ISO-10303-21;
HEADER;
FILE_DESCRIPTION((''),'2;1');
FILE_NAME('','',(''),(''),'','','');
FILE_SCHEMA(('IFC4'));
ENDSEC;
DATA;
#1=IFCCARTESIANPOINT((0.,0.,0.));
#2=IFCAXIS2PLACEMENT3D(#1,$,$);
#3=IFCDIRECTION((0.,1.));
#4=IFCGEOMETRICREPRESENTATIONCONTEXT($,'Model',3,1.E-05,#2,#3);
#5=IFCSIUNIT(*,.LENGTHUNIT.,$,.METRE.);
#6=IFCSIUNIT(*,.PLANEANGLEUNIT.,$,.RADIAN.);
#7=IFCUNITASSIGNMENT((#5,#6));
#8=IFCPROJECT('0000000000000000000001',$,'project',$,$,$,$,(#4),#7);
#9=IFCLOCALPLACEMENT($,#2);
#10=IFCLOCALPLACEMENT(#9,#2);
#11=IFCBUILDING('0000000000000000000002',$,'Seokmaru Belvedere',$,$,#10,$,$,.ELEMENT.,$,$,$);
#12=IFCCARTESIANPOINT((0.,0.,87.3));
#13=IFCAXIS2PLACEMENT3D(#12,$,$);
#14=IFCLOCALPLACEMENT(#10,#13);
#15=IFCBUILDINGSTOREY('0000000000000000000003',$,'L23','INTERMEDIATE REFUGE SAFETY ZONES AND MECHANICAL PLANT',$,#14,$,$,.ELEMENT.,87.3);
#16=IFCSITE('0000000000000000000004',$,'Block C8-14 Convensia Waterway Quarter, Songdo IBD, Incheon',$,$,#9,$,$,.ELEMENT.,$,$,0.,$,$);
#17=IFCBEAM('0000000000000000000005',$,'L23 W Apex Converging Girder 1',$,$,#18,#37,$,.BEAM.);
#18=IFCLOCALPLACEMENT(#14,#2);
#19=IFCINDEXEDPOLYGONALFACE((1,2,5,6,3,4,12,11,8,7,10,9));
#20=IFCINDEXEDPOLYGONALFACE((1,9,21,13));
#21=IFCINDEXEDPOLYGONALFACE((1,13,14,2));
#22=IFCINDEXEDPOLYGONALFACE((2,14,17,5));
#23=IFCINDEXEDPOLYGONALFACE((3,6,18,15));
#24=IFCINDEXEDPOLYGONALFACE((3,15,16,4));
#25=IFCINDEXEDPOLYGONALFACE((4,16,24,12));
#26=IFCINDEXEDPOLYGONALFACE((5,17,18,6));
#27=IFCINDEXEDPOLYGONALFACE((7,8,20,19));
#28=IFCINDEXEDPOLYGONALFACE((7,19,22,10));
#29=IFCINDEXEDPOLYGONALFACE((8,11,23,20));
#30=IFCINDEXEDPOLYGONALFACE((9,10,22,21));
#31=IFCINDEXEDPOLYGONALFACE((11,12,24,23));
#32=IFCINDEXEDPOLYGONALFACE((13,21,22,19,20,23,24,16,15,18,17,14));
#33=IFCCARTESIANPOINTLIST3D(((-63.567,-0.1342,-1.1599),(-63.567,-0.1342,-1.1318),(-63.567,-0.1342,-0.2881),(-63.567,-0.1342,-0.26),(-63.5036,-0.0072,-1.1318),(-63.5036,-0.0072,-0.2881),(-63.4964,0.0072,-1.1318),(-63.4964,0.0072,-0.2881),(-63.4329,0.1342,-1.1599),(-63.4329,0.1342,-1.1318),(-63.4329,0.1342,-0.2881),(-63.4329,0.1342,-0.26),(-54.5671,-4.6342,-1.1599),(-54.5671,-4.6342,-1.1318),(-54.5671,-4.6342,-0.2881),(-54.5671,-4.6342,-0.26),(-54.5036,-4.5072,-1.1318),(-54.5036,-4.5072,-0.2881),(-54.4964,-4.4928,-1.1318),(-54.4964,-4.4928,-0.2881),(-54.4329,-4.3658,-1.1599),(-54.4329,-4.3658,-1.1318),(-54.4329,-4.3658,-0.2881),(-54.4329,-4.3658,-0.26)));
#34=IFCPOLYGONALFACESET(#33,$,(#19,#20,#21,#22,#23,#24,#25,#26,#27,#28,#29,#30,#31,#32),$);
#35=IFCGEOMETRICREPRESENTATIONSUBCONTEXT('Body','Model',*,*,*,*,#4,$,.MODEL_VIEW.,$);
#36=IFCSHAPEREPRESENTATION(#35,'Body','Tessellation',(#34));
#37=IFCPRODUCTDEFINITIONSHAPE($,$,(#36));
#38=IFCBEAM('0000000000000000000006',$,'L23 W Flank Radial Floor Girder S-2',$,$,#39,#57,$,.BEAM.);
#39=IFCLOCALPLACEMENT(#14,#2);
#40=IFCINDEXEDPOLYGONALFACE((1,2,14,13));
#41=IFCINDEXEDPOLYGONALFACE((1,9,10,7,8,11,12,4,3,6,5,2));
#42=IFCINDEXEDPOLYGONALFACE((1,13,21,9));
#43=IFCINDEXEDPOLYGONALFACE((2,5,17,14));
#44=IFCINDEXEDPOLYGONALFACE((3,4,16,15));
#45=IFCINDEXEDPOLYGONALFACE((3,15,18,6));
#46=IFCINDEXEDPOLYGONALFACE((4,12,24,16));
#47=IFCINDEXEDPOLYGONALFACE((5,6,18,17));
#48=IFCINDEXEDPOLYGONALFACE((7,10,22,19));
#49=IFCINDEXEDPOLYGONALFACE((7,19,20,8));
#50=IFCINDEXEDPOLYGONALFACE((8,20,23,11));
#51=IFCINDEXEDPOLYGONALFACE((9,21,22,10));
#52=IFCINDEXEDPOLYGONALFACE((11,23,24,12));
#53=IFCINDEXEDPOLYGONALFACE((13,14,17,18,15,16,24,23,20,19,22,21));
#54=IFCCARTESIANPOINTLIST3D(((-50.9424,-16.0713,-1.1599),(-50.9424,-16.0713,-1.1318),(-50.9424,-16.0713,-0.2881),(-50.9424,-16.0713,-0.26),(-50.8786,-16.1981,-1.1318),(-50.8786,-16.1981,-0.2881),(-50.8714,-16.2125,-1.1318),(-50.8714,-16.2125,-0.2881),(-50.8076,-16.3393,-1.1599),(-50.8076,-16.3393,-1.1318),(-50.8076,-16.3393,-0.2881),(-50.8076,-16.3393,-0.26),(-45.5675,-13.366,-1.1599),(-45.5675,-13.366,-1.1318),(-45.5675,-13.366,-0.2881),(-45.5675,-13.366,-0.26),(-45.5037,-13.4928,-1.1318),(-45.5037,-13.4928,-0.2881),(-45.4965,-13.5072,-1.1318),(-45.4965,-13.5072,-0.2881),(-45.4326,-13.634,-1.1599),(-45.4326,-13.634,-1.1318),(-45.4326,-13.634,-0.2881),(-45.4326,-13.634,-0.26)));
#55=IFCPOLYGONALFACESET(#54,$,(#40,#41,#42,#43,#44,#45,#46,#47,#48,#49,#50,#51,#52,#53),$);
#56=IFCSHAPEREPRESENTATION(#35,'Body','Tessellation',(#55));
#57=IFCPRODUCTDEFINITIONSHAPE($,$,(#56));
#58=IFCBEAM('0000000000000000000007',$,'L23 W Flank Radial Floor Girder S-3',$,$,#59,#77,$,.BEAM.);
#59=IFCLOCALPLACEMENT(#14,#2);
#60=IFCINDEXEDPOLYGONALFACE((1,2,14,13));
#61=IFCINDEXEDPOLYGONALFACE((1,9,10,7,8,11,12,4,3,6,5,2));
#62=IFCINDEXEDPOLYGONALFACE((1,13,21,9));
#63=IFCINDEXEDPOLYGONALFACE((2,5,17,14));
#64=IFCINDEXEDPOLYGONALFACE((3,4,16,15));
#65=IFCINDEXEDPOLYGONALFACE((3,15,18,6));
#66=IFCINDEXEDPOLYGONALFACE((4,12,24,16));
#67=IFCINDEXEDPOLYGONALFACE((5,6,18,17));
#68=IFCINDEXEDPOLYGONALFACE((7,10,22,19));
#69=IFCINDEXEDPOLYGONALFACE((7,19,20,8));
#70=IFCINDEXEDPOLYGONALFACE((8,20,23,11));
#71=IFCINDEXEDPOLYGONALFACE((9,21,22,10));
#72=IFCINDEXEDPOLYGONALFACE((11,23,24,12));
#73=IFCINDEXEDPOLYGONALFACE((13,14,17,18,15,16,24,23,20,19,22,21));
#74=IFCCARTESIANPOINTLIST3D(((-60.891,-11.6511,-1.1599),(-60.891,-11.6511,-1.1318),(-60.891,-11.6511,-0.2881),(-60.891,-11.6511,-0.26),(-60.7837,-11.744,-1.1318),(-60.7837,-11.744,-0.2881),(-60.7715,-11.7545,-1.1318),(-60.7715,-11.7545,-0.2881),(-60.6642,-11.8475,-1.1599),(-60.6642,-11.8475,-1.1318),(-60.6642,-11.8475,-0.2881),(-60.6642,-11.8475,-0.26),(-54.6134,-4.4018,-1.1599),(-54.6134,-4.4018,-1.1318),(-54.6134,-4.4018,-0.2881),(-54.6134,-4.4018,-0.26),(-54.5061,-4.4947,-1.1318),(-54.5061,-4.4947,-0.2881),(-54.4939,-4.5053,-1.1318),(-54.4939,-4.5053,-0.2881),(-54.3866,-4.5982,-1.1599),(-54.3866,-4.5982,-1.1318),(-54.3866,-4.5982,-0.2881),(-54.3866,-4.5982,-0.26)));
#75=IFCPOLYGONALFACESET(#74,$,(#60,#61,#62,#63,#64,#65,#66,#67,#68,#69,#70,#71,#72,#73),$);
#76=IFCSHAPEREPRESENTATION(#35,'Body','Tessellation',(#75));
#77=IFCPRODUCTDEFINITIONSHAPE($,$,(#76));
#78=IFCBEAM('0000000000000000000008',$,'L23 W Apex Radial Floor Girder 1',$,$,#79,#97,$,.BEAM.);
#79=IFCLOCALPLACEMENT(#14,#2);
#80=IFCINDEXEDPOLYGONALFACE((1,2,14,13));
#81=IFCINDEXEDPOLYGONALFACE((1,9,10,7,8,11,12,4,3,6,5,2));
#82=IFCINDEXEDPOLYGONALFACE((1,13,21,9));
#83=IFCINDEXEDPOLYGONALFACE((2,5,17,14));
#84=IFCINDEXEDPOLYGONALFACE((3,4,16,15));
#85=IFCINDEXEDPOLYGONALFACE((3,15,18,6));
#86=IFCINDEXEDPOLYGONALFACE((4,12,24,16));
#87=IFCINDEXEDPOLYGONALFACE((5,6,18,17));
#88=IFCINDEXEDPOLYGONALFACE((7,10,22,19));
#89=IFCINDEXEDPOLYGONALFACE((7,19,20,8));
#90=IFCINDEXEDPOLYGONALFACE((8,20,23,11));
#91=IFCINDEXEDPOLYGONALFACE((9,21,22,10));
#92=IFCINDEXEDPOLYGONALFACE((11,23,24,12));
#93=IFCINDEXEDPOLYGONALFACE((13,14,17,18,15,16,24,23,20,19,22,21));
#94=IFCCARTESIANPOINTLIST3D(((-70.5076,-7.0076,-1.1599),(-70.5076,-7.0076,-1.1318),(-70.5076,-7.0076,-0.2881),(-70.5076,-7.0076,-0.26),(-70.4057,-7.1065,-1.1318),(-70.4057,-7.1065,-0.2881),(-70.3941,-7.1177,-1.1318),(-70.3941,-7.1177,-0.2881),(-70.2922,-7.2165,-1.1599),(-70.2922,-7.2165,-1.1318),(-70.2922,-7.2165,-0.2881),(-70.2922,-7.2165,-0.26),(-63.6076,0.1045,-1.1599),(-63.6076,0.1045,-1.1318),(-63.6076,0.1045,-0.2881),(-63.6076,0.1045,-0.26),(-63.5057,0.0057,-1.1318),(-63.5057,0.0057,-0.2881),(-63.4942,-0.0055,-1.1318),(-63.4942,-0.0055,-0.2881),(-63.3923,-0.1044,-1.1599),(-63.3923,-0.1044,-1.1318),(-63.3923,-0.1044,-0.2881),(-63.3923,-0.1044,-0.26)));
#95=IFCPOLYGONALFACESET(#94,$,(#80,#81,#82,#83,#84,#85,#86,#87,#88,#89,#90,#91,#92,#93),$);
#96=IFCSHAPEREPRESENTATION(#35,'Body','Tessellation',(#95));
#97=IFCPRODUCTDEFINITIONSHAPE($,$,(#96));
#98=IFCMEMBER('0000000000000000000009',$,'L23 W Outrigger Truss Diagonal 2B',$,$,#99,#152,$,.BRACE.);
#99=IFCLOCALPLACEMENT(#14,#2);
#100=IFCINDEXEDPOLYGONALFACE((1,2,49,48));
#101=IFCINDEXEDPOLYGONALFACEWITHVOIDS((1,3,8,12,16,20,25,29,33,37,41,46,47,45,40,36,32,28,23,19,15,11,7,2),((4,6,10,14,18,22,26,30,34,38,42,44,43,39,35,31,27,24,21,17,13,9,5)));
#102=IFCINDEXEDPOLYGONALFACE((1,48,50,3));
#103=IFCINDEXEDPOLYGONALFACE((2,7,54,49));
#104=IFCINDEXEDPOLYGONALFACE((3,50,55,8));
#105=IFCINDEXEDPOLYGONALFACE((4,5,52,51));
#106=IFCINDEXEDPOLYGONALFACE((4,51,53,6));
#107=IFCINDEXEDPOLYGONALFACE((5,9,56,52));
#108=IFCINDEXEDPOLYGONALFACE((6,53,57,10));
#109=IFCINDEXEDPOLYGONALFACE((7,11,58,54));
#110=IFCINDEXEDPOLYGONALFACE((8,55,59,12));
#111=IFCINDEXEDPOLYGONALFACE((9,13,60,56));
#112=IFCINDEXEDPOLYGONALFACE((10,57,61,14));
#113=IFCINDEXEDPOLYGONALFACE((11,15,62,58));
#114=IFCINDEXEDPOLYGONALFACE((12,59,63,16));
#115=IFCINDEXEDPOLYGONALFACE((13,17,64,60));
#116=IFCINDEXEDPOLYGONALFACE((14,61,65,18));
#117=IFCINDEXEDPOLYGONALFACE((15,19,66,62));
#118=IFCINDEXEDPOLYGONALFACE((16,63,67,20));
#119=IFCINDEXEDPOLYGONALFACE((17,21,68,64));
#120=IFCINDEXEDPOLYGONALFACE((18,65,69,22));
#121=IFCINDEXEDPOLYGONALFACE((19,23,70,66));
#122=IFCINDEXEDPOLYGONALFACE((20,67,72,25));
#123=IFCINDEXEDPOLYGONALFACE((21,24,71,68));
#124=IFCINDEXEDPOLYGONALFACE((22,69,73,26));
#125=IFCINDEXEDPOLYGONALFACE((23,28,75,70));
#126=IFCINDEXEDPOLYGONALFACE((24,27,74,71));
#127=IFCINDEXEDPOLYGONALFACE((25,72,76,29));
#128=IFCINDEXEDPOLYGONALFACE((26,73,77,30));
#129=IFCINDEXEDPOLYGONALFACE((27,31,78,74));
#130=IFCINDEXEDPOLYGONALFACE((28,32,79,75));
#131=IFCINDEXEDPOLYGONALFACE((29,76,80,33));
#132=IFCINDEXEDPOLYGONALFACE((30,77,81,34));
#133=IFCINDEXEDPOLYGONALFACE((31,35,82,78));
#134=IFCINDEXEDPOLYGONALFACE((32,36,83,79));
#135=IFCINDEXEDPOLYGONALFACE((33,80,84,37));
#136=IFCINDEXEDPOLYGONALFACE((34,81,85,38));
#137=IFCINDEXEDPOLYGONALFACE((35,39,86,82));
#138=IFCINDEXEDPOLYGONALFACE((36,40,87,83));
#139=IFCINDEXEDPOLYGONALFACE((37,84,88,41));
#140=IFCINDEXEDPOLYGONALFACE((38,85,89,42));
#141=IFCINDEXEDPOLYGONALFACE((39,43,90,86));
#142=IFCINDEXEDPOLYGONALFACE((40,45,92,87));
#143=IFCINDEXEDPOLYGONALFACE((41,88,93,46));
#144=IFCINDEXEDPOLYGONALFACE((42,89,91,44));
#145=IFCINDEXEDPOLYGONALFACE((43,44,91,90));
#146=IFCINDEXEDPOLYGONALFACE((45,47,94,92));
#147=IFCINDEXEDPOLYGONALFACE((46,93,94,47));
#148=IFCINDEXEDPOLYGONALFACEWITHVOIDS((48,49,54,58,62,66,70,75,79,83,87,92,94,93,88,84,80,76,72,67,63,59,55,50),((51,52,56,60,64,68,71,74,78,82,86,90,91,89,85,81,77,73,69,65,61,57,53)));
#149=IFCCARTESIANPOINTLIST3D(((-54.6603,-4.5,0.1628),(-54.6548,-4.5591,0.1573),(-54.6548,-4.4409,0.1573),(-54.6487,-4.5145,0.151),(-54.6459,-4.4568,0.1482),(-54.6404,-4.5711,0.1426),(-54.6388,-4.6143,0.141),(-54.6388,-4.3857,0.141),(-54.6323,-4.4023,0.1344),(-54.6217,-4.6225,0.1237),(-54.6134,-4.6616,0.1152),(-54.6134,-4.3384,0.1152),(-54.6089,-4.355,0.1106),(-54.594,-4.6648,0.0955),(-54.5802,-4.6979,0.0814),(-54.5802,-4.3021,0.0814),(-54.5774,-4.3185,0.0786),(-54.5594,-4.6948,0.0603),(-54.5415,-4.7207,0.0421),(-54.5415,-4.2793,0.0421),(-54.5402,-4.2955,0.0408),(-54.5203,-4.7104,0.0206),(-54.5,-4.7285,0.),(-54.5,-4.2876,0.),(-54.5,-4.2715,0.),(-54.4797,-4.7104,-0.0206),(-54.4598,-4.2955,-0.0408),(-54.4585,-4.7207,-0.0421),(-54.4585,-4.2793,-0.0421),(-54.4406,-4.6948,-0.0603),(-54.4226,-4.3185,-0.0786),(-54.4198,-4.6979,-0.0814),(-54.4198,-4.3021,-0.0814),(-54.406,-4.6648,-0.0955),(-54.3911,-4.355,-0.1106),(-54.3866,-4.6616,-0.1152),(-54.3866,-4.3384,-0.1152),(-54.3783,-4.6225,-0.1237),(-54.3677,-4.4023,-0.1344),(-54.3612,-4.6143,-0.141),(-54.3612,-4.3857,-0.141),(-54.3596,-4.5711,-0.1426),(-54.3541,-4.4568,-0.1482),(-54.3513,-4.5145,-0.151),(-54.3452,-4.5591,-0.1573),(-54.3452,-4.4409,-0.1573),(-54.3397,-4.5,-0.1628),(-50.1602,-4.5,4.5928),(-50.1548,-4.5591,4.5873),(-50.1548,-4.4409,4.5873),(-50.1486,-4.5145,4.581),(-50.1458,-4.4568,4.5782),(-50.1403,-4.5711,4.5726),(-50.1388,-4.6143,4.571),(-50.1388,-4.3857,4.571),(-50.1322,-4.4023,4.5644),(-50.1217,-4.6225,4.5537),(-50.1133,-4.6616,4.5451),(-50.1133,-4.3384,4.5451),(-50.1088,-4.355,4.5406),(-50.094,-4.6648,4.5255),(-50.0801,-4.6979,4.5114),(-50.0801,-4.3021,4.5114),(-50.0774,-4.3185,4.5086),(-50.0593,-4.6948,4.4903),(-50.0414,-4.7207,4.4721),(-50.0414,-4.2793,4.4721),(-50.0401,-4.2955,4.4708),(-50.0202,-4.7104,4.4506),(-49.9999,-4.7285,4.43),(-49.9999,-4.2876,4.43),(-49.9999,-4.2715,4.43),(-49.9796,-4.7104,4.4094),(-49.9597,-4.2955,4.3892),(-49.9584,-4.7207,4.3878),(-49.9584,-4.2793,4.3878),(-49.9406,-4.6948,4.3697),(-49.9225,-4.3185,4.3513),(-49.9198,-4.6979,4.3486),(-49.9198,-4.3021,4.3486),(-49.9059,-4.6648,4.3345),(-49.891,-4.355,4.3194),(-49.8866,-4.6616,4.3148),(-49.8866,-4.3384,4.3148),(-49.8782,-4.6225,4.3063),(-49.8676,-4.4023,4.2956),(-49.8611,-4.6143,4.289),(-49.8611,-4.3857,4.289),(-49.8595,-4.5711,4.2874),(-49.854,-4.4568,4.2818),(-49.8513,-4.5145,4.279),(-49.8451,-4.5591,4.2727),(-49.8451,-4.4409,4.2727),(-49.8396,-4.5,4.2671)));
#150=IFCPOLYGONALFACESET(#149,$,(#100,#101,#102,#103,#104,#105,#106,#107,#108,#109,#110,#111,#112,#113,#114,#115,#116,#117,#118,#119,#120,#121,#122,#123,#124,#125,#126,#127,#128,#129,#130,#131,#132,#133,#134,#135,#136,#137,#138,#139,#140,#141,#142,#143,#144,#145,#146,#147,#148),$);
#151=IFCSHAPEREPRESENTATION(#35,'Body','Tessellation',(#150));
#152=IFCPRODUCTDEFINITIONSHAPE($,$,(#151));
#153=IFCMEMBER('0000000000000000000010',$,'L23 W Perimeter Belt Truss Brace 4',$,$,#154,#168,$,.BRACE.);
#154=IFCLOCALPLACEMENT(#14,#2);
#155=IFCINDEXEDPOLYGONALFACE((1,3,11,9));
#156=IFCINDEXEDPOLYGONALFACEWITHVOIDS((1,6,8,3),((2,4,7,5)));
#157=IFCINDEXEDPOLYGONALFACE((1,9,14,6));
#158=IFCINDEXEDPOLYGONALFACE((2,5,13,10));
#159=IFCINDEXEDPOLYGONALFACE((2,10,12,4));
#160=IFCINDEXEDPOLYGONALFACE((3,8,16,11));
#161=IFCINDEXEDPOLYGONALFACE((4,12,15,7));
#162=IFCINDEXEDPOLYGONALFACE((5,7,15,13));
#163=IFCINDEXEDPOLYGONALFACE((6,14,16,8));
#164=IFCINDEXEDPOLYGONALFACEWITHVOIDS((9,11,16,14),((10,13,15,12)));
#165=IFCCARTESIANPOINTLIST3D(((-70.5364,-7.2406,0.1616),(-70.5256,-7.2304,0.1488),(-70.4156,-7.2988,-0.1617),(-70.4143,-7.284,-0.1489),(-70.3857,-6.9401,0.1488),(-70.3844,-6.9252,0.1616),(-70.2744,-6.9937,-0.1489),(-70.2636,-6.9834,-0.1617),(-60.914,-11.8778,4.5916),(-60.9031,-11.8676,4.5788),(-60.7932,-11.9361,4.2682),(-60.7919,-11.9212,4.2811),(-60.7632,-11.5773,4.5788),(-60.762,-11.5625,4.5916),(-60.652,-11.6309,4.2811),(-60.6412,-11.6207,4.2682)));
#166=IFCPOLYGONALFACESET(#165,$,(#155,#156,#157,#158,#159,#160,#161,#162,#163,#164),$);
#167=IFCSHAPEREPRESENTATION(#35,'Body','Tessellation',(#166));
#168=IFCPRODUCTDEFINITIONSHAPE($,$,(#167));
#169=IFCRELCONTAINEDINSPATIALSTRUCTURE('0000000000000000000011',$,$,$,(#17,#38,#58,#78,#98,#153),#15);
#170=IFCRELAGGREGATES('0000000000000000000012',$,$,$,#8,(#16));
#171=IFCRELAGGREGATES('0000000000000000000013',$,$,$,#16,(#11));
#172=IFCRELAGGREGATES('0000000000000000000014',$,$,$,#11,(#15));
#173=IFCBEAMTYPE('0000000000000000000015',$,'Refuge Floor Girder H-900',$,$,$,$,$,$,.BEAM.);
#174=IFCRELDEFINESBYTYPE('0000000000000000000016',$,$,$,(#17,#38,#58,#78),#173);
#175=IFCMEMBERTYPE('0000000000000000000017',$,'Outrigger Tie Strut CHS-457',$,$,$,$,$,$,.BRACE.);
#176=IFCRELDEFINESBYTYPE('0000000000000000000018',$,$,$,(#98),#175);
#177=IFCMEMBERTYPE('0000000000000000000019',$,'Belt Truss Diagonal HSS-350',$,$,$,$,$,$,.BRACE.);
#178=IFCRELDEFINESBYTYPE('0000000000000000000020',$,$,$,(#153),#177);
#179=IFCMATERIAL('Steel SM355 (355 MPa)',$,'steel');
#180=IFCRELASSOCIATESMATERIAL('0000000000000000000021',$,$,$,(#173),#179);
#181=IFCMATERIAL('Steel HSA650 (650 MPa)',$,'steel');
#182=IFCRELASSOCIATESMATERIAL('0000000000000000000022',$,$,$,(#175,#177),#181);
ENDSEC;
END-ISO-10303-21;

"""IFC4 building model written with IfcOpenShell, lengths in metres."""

from ifc_helpers import new_model, si_unit, direction, frame, origin, origin_2d, place, context, subcontext, project, spatial, hollow_rectangle, hollow_circle, i_section, extrude, source, transform, mapped, material, material_profile, profile_set, type_object, type_shapes, element, save


model = new_model("IFC4")

# Units and contexts
model_context = context("Model", 3, precision=1e-05, world=origin(), true_north=direction((0.0, 1.0)))
body_context = subcontext(model_context, "Body", "Model", "MODEL_VIEW")
ifc_project = project(units=[si_unit("LENGTHUNIT", "METRE"), si_unit("PLANEANGLEUNIT", "RADIAN")], contexts=[model_context])

# Site, building, storey
site_placement = place(None, origin())
site = spatial("IfcSite", under=ifc_project, at=site_placement, Name="Block C8-14 Convensia Waterway Quarter, Songdo IBD, Incheon", CompositionType="ELEMENT", RefElevation=0.0)
building_placement = place(site_placement, origin())
building = spatial("IfcBuilding", under=site, at=building_placement, Name="Seokmaru Belvedere", CompositionType="ELEMENT")
storey_placement = place(building_placement, frame((0.0, 0.0, 87.3)))
storey = spatial("IfcBuildingStorey", under=building, at=storey_placement, Name="L23", Description="INTERMEDIATE REFUGE SAFETY ZONES AND MECHANICAL PLANT", CompositionType="ELEMENT", Elevation=87.3)

# Shared definitions
ifc_material_1 = material(Name="Steel SM355 (355 MPa)", Category="steel")

# Beams
ifc_material_profile_1 = material_profile(ifc_material_1, i_section(OverallWidth=0.3, OverallDepth=0.8999, WebThickness=0.0161, FlangeThickness=0.0281, at=origin_2d()), Name="H-900x300x16x28")
ifc_profile_set_1 = profile_set([ifc_material_profile_1], Name="Steel SM355 (355 MPa)")
beam_type_1 = type_object("IfcBeamType", Name="Refuge Floor Girder H-900", PredefinedType="BEAM", material=ifc_profile_set_1)
shared_shape_1 = source(origin(), body_context, "Body", "SweptSolid", [
    extrude(i_section(OverallWidth=0.3, OverallDepth=0.8999, WebThickness=0.0161, FlangeThickness=0.0281, at=origin_2d()), origin(), (0.0, 0.0, 1.0), 10.0623),
])
beam_1_placement = place(storey_placement, frame((-54.5, -4.5, -0.71), z_axis=(-0.894427, 0.447214, 0.0), x_axis=(-0.447214, -0.894427, 0.0)))
element("IfcBeam", 1, at=beam_1_placement, inside=storey, type_object=beam_type_1, Name="L23 W Apex Converging Girder 1", PredefinedType="BEAM", context=body_context, shape_type="MappedRepresentation", body=[
    mapped(shared_shape_1, transform((0.0, 0.0, 0.0), scale=1.0)),
])
shared_shape_2 = source(origin(), body_context, "Body", "SweptSolid", [
    extrude(i_section(OverallWidth=0.3, OverallDepth=0.8999, WebThickness=0.0161, FlangeThickness=0.0281, at=origin_2d()), origin(), (0.0, 0.0, 1.0), 6.0173),
])
beam_2_placement = place(storey_placement, frame((-50.875, -16.2053, -0.71), z_axis=(0.893239, 0.449581, 0.0), x_axis=(-0.449581, 0.893239, 0.0)))
element("IfcBeam", 2, at=beam_2_placement, inside=storey, type_object=beam_type_1, Name="L23 W Flank Radial Floor Girder S-2", PredefinedType="BEAM", context=body_context, shape_type="MappedRepresentation", body=[
    mapped(shared_shape_2, transform((0.0, 0.0, 0.0), scale=1.0)),
])
shared_shape_3 = source(origin(), body_context, "Body", "SweptSolid", [
    extrude(i_section(OverallWidth=0.3, OverallDepth=0.8999, WebThickness=0.0161, FlangeThickness=0.0281, at=origin_2d()), origin(), (0.0, 0.0, 1.0), 9.5896),
])
beam_3_placement = place(storey_placement, frame((-60.7776, -11.7493, -0.71), z_axis=(0.654626, 0.755953, 0.0), x_axis=(-0.755953, 0.654626, 0.0)))
element("IfcBeam", 3, at=beam_3_placement, inside=storey, type_object=beam_type_1, Name="L23 W Flank Radial Floor Girder S-3", PredefinedType="BEAM", context=body_context, shape_type="MappedRepresentation", body=[
    mapped(shared_shape_3, transform((0.0, 0.0, 0.0), scale=1.0)),
])
shared_shape_4 = source(origin(), body_context, "Body", "SweptSolid", [
    extrude(i_section(OverallWidth=0.3, OverallDepth=0.8999, WebThickness=0.0161, FlangeThickness=0.0281, at=origin_2d()), origin(), (0.0, 0.0, 1.0), 9.9092),
])
beam_4_placement = place(storey_placement, frame((-70.3999, -7.1121, -0.71), z_axis=(0.696321, 0.717731, 0.0), x_axis=(-0.717731, 0.696321, 0.0)))
element("IfcBeam", 4, at=beam_4_placement, inside=storey, type_object=beam_type_1, Name="L23 W Apex Radial Floor Girder 1", PredefinedType="BEAM", context=body_context, shape_type="MappedRepresentation", body=[
    mapped(shared_shape_4, transform((0.0, 0.0, 0.0), scale=1.0)),
])

# Members
ifc_material_2 = material(Name="Steel HSA650 (650 MPa)", Category="steel")
ifc_material_profile_2 = material_profile(ifc_material_2, hollow_circle(Radius=0.2285, WallThickness=0.0161, at=origin_2d()), Name="CHS-457.2x16.0")
ifc_profile_set_2 = profile_set([ifc_material_profile_2], Name="Steel HSA650 (650 MPa)")
member_type_1 = type_object("IfcMemberType", Name="Outrigger Tie Strut CHS-457", PredefinedType="BRACE", material=ifc_profile_set_2)
shared_shape_5 = source(origin(), body_context, "Body", "SweptSolid", [
    extrude(hollow_circle(Radius=0.2285, WallThickness=0.0161, at=origin_2d()), origin(), (0.0, 0.0, 1.0), 6.3147),
])
type_shapes(member_type_1, [shared_shape_5])
member_1_placement = place(storey_placement, frame((-54.5, -4.5, 0.0), z_axis=(0.712633, 0.0, 0.701537), x_axis=(0.0, 1.0, 0.0)))
element("IfcMember", 5, at=member_1_placement, inside=storey, type_object=member_type_1, Name="L23 W Outrigger Truss Diagonal 2B", PredefinedType="BRACE", context=body_context, shape_type="MappedRepresentation", body=[
    mapped(shared_shape_5, transform((0.0, 0.0, 0.0), scale=1.0)),
])
ifc_material_profile_3 = material_profile(ifc_material_2, hollow_rectangle(XDim=0.3501, YDim=0.3501, WallThickness=0.0139, at=origin_2d()), Name="HSS-350x350x14")
ifc_profile_set_3 = profile_set([ifc_material_profile_3], Name="Steel HSA650 (650 MPa)")
member_type_2 = type_object("IfcMemberType", Name="Belt Truss Diagonal HSS-350", PredefinedType="BRACE", material=ifc_profile_set_3)
shared_shape_6 = source(origin(), body_context, "Body", "SweptSolid", [
    extrude(hollow_rectangle(XDim=0.3501, YDim=0.3501, WallThickness=0.0139, at=origin_2d()), origin(), (0.0, 0.0, 1.0), 11.5637),
])
type_shapes(member_type_2, [shared_shape_6])
member_2_placement = place(storey_placement, frame((-60.7776, -11.7493, 4.4299), z_axis=(-0.832121, 0.401017, -0.383093), x_axis=(-0.434138, -0.900846, 0.0)))
element("IfcMember", 6, at=member_2_placement, inside=storey, type_object=member_type_2, Name="L23 W Perimeter Belt Truss Brace 4", PredefinedType="BRACE", context=body_context, shape_type="MappedRepresentation", body=[
    mapped(shared_shape_6, transform((0.0, 0.0, 0.0), scale=1.0)),
])

save(model, "model.ifc")
